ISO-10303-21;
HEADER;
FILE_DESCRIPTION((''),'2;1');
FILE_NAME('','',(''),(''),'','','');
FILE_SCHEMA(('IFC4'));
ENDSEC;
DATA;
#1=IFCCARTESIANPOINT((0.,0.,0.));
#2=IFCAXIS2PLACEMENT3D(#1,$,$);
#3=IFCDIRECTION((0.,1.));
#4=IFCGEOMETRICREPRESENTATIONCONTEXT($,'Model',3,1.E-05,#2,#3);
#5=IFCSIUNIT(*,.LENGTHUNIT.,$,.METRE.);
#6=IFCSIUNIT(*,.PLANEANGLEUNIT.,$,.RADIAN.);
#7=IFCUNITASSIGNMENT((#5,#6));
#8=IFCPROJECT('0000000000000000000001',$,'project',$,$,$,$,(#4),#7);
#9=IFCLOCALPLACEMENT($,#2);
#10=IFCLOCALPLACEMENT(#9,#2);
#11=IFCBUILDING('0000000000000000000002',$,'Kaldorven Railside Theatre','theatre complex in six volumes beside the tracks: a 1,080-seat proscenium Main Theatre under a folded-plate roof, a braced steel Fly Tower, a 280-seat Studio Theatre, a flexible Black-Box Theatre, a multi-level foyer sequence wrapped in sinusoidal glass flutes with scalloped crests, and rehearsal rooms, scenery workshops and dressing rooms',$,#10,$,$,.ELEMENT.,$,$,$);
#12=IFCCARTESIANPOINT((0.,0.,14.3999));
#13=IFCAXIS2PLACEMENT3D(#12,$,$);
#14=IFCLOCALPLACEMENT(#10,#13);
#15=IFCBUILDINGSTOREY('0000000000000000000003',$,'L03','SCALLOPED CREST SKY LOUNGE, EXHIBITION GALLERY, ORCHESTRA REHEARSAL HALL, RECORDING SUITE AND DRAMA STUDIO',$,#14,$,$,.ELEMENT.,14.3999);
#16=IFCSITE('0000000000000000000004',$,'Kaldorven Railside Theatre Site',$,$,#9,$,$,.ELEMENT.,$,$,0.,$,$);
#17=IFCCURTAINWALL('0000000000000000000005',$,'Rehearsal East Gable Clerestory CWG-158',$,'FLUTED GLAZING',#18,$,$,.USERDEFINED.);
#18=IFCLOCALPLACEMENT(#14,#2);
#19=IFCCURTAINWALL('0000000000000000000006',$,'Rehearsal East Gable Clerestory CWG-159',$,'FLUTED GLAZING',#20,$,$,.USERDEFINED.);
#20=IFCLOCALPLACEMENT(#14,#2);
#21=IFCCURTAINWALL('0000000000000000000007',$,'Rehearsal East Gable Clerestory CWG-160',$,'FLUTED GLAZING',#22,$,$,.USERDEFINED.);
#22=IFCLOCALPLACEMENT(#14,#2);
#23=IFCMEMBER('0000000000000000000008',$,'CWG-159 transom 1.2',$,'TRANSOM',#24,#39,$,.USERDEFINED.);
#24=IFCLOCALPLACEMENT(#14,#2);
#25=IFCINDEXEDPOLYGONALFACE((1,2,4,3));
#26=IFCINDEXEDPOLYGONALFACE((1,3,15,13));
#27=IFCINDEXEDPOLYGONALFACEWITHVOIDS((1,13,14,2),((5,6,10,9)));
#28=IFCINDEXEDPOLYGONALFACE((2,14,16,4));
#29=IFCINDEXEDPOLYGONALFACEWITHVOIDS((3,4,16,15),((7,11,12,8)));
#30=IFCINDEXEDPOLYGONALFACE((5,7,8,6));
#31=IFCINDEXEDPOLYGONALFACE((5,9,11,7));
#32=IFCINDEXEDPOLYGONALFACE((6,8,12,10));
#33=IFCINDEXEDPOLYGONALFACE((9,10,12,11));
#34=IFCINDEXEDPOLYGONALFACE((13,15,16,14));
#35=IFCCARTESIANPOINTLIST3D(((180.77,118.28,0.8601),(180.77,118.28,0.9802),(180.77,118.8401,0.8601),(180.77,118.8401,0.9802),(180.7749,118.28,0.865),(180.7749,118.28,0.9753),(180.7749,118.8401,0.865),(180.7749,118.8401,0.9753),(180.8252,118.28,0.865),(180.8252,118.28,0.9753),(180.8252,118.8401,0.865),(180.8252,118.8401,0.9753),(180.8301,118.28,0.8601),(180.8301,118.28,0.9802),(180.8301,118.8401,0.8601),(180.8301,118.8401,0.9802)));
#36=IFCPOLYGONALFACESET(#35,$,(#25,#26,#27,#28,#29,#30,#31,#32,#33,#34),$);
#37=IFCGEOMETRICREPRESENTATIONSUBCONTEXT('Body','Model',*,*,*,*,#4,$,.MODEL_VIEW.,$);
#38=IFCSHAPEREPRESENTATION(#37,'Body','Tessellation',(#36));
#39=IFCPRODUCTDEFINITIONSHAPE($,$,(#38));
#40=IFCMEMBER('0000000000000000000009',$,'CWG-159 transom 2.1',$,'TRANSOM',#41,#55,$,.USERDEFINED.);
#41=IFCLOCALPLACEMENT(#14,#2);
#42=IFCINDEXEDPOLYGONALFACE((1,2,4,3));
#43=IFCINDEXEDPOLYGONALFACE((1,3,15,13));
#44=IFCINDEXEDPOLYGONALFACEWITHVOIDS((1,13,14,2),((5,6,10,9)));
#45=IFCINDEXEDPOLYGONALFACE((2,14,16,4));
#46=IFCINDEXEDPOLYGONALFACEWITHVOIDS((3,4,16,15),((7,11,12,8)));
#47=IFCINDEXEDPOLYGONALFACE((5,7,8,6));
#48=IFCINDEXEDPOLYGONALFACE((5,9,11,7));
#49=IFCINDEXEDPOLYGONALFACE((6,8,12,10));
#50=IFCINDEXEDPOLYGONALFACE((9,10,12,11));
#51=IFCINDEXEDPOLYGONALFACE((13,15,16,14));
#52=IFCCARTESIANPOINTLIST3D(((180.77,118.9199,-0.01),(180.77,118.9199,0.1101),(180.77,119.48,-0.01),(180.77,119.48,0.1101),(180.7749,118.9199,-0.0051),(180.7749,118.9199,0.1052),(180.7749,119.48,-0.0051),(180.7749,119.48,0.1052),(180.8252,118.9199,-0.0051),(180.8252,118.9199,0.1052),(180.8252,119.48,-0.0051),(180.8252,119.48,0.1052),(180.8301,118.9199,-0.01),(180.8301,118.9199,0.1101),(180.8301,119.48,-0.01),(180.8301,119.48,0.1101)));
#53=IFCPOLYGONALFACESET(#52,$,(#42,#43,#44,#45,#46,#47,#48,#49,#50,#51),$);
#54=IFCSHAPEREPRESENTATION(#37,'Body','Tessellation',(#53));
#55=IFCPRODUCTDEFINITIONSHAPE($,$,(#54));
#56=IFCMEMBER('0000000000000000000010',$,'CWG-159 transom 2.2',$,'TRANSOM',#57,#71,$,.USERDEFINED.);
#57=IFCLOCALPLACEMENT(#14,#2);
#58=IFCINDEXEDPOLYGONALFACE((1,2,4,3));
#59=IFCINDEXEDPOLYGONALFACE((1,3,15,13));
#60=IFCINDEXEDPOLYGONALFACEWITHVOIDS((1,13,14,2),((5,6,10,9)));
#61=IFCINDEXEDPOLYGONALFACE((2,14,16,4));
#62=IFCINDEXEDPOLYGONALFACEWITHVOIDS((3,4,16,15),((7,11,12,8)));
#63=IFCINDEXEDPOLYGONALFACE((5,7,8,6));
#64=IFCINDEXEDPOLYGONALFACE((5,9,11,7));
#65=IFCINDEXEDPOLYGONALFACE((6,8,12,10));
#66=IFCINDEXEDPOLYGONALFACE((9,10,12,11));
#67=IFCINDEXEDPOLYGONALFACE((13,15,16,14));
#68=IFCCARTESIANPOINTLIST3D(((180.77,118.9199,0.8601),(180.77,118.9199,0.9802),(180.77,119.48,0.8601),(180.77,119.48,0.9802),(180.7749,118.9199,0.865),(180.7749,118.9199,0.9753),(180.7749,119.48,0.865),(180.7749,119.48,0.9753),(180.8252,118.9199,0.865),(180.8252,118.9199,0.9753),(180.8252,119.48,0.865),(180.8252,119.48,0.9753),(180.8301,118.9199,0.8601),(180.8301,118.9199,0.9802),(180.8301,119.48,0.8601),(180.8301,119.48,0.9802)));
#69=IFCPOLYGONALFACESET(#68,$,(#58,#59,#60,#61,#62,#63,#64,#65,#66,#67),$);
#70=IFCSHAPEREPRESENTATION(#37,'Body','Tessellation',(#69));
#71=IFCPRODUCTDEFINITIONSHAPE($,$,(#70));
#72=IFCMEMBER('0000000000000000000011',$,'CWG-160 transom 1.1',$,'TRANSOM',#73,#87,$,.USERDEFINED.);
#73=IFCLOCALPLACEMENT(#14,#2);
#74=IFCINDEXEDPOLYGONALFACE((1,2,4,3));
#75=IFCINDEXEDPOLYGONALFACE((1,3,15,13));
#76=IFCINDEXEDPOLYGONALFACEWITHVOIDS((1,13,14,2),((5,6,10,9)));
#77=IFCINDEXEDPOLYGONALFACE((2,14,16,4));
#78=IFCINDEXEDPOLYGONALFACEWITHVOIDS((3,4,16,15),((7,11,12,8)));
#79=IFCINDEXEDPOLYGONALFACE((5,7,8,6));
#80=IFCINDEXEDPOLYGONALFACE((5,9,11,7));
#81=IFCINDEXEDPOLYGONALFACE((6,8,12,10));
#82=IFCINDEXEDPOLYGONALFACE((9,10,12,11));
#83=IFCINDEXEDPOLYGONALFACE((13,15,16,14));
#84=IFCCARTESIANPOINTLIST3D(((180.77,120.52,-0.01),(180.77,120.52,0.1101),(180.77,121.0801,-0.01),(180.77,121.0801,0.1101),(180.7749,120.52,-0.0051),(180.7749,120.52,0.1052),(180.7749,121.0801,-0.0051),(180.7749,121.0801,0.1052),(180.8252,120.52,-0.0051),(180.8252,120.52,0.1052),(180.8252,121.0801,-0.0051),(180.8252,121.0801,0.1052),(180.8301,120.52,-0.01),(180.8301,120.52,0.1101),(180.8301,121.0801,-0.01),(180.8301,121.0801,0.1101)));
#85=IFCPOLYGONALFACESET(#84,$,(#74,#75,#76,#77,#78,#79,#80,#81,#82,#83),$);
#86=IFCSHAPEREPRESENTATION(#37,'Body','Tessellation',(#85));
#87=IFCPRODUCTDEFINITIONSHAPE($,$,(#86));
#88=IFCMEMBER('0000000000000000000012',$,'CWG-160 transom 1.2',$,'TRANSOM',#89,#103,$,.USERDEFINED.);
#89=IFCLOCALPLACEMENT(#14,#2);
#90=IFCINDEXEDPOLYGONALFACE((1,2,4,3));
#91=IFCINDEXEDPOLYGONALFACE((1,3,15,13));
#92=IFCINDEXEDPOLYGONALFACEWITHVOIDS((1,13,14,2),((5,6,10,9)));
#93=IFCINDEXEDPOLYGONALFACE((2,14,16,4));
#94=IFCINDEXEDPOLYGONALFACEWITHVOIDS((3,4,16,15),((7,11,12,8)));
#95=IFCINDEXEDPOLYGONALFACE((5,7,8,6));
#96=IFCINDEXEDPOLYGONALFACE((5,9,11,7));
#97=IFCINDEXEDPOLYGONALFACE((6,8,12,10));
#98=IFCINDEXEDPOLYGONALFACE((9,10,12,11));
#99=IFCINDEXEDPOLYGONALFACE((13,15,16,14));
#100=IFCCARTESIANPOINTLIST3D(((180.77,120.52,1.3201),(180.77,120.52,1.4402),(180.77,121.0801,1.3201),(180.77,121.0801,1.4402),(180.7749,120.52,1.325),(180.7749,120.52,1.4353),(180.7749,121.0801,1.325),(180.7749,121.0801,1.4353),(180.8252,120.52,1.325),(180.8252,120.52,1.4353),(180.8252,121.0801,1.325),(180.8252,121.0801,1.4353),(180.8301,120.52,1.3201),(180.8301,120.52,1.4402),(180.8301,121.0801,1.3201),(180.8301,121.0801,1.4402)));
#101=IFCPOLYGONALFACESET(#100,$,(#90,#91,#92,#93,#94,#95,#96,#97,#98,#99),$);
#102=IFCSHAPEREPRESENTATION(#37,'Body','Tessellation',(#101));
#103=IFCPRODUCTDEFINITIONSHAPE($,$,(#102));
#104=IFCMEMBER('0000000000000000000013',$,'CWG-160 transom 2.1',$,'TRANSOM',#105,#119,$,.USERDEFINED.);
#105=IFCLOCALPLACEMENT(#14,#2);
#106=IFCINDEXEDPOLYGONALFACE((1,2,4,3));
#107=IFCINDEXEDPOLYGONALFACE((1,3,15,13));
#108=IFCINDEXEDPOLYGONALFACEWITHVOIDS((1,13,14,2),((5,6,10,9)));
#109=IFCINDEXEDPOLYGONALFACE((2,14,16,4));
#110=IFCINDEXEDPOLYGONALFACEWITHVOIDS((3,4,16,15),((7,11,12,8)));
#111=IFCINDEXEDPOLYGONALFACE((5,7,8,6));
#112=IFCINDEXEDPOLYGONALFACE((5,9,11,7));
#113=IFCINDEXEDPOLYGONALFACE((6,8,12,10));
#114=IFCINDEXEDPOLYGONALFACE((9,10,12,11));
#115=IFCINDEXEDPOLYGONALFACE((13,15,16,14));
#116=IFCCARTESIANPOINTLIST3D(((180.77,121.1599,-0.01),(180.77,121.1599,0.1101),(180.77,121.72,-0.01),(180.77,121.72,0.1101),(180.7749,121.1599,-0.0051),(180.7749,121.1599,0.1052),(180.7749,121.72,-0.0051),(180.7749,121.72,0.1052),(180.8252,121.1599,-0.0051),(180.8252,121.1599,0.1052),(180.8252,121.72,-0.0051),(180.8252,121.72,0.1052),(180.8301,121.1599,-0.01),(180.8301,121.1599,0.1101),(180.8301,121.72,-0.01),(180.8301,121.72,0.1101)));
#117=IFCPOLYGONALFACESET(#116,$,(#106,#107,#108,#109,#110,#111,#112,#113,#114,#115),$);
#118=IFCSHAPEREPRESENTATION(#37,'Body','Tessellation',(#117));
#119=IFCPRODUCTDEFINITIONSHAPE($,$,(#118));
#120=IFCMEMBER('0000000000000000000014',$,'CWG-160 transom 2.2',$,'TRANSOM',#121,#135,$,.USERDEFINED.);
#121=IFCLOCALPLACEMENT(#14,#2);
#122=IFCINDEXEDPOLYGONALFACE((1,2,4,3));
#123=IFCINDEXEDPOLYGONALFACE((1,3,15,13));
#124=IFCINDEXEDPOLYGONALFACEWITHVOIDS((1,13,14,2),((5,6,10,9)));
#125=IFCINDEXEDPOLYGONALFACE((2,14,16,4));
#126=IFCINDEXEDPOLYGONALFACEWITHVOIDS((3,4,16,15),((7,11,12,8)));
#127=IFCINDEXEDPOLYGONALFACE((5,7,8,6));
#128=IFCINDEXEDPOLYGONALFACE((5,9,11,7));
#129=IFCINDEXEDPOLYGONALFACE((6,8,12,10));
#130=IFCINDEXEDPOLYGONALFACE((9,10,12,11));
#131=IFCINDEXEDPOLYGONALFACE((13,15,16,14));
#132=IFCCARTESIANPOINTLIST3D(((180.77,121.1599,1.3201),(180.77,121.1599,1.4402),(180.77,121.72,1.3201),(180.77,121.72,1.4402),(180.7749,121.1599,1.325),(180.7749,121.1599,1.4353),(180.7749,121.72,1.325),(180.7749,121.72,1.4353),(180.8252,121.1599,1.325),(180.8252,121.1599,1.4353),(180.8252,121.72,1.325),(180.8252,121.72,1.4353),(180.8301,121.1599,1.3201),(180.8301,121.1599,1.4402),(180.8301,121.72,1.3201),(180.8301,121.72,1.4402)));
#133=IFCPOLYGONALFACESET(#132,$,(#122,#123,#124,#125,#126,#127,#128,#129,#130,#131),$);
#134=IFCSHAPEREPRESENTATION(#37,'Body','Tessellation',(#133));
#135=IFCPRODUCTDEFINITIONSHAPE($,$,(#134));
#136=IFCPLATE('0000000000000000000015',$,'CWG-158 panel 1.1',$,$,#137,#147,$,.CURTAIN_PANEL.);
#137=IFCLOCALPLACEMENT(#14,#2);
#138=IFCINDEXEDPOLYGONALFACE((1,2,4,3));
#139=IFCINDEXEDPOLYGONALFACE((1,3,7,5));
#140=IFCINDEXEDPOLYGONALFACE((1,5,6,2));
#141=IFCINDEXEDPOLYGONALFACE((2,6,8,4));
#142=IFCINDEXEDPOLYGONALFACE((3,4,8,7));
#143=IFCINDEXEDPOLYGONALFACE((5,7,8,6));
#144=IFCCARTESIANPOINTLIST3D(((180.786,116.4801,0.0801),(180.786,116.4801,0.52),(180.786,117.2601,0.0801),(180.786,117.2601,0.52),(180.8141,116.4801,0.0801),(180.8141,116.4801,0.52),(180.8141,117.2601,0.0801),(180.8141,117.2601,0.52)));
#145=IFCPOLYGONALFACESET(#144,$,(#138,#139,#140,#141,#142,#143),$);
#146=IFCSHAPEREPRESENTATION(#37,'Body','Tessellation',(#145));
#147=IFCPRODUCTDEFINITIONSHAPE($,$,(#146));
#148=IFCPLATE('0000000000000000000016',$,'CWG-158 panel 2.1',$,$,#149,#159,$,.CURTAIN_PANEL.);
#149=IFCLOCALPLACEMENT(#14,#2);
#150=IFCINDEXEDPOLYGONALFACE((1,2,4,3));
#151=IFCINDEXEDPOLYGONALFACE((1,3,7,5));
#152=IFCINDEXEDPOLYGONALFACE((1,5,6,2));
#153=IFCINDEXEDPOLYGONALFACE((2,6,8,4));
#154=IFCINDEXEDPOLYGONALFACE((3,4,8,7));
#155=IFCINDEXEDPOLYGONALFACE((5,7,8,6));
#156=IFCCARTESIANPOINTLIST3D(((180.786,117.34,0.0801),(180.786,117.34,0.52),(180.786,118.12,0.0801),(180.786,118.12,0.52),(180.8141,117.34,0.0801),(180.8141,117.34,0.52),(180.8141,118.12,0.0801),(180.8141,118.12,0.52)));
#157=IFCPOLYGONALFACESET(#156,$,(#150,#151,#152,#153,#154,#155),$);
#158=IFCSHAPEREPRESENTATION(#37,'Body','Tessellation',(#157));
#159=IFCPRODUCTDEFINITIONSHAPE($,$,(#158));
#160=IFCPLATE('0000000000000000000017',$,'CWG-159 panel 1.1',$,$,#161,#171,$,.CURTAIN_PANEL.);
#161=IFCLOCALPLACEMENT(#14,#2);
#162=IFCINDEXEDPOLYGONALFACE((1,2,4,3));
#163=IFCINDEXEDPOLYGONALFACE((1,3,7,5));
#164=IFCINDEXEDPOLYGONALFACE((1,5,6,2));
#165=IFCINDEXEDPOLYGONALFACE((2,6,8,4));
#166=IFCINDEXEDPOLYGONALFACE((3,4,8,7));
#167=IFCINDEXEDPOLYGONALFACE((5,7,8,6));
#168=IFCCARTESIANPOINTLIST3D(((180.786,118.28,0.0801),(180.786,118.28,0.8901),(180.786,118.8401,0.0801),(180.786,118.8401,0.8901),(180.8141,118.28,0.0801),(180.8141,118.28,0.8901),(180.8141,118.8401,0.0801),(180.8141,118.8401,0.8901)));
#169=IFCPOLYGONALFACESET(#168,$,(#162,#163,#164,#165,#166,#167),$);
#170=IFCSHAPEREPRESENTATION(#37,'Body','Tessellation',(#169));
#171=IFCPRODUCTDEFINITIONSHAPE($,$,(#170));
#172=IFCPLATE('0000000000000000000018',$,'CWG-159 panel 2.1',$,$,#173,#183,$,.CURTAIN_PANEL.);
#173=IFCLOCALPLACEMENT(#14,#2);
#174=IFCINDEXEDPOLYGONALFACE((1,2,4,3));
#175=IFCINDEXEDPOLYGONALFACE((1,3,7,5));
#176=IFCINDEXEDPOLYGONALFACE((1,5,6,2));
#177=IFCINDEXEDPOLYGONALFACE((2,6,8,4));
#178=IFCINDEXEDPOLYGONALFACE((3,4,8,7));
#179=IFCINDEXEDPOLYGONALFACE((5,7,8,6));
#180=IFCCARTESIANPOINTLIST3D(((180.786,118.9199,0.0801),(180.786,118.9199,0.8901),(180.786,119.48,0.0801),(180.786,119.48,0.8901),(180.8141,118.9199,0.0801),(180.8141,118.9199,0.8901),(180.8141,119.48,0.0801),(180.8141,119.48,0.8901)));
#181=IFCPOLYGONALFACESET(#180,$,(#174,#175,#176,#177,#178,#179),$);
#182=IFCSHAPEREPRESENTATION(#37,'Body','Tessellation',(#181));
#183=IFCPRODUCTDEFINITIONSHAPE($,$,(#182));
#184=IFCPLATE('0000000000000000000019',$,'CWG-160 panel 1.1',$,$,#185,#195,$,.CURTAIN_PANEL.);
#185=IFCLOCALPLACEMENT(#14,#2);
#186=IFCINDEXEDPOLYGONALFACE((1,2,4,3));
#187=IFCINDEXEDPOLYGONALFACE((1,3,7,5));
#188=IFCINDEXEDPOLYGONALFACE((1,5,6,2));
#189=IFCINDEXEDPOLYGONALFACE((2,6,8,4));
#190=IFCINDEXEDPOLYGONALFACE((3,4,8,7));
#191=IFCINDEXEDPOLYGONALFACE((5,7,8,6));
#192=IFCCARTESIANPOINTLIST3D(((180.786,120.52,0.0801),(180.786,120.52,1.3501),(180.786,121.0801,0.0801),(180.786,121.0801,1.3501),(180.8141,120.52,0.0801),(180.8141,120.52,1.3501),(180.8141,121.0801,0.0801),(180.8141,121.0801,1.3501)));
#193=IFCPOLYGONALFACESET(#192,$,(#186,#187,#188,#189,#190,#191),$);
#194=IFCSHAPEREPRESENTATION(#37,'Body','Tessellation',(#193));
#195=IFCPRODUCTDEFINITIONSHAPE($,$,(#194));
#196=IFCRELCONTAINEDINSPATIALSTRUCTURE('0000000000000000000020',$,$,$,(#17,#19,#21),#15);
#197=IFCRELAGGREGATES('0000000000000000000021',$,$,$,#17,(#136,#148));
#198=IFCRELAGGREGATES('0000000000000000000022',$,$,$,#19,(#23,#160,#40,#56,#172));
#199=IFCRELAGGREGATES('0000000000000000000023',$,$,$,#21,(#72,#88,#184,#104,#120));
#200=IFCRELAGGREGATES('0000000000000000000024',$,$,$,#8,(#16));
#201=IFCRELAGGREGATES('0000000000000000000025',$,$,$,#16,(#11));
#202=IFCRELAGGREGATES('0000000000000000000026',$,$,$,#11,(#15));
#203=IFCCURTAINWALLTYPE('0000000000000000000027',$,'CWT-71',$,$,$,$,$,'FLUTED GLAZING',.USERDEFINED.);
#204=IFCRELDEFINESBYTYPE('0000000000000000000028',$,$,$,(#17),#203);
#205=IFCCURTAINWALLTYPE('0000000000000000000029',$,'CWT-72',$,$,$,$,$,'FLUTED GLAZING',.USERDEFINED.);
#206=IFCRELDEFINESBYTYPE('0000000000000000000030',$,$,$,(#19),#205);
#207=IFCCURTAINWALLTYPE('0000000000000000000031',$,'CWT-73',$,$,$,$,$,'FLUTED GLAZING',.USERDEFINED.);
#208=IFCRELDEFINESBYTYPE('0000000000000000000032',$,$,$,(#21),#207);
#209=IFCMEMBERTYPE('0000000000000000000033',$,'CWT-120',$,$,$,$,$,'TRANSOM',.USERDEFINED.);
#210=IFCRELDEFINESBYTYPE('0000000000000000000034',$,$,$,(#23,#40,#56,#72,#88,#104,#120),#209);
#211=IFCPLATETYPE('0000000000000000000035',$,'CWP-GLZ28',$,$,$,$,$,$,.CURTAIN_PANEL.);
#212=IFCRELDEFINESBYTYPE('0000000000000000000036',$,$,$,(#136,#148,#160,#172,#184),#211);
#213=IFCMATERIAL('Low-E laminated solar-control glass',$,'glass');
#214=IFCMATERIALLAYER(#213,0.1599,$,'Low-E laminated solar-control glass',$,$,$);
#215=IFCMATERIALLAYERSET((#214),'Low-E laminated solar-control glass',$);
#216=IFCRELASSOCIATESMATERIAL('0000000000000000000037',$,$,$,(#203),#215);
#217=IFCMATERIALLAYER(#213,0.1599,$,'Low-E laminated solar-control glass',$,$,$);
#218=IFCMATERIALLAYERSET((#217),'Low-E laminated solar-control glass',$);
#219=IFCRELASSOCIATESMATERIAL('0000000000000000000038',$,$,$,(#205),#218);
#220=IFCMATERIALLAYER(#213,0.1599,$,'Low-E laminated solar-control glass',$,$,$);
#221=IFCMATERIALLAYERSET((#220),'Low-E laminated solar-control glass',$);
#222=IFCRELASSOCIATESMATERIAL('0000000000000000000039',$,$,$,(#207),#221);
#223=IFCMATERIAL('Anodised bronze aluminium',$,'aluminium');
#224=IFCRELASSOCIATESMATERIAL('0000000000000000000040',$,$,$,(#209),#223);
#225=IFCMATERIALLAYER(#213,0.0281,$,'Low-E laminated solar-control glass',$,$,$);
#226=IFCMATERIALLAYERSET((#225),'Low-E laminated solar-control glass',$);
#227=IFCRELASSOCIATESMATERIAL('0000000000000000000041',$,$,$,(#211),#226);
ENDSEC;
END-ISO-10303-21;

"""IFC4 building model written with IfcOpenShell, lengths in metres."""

from ifc_helpers import new_model, si_unit, direction, frame, origin, origin_2d, place, context, subcontext, project, spatial, rectangle, hollow_rectangle, extrude, material, layer, layer_set, material_profile, profile_set, type_object, element, aggregate, save


model = new_model("IFC4")

# Units and contexts
model_context = context("Model", 3, precision=1e-05, world=origin(), true_north=direction((0.0, 1.0)))
body_context = subcontext(model_context, "Body", "Model", "MODEL_VIEW")
ifc_project = project(units=[si_unit("LENGTHUNIT", "METRE"), si_unit("PLANEANGLEUNIT", "RADIAN")], contexts=[model_context])

# Site, building, storey
site_placement = place(None, origin())
site = spatial("IfcSite", under=ifc_project, at=site_placement, Name="Kaldorven Railside Theatre Site", CompositionType="ELEMENT", RefElevation=0.0)
building_placement = place(site_placement, origin())
building = spatial("IfcBuilding", under=site, at=building_placement, Name="Kaldorven Railside Theatre", Description="theatre complex in six volumes beside the tracks: a 1,080-seat proscenium Main Theatre under a folded-plate roof, a braced steel Fly Tower, a 280-seat Studio Theatre, a flexible Black-Box Theatre, a multi-level foyer sequence wrapped in sinusoidal glass flutes with scalloped crests, and rehearsal rooms, scenery workshops and dressing rooms", CompositionType="ELEMENT")
storey_placement = place(building_placement, frame((0.0, 0.0, 14.3999)))
storey = spatial("IfcBuildingStorey", under=building, at=storey_placement, Name="L03", Description="SCALLOPED CREST SKY LOUNGE, EXHIBITION GALLERY, ORCHESTRA REHEARSAL HALL, RECORDING SUITE AND DRAMA STUDIO", CompositionType="ELEMENT", Elevation=14.3999)

# Curtain walls
ifc_material_1 = material(Name="Low-E laminated solar-control glass", Category="glass")
ifc_layer_1 = layer(ifc_material_1, 0.1599, Name="Low-E laminated solar-control glass")
ifc_layer_set_1 = layer_set([ifc_layer_1], Name="Low-E laminated solar-control glass")
curtain_wall_type_1 = type_object("IfcCurtainWallType", Name="CWT-71", ElementType="FLUTED GLAZING", PredefinedType="USERDEFINED", material=ifc_layer_set_1)
curtain_wall_1_placement = place(storey_placement, origin())
curtain_wall_1 = element("IfcCurtainWall", 1, at=curtain_wall_1_placement, inside=storey, type_object=curtain_wall_type_1, Name="Rehearsal East Gable Clerestory CWG-158", ObjectType="FLUTED GLAZING", PredefinedType="USERDEFINED")
ifc_material_2 = material(Name="Anodised bronze aluminium", Category="aluminium")
ifc_layer_2 = layer(ifc_material_1, 0.1599, Name="Low-E laminated solar-control glass")
ifc_layer_set_2 = layer_set([ifc_layer_2], Name="Low-E laminated solar-control glass")
curtain_wall_type_2 = type_object("IfcCurtainWallType", Name="CWT-72", ElementType="FLUTED GLAZING", PredefinedType="USERDEFINED", material=ifc_layer_set_2)
curtain_wall_2_placement = place(storey_placement, origin())
curtain_wall_2 = element("IfcCurtainWall", 2, at=curtain_wall_2_placement, inside=storey, type_object=curtain_wall_type_2, Name="Rehearsal East Gable Clerestory CWG-159", ObjectType="FLUTED GLAZING", PredefinedType="USERDEFINED")
ifc_layer_3 = layer(ifc_material_1, 0.1599, Name="Low-E laminated solar-control glass")
ifc_layer_set_3 = layer_set([ifc_layer_3], Name="Low-E laminated solar-control glass")
curtain_wall_type_3 = type_object("IfcCurtainWallType", Name="CWT-73", ElementType="FLUTED GLAZING", PredefinedType="USERDEFINED", material=ifc_layer_set_3)
curtain_wall_3_placement = place(storey_placement, origin())
curtain_wall_3 = element("IfcCurtainWall", 3, at=curtain_wall_3_placement, inside=storey, type_object=curtain_wall_type_3, Name="Rehearsal East Gable Clerestory CWG-160", ObjectType="FLUTED GLAZING", PredefinedType="USERDEFINED")

# Members
ifc_material_profile_1 = material_profile(ifc_material_2, hollow_rectangle(XDim=0.0601, YDim=0.1201, WallThickness=0.0049, at=origin_2d()), Name="RHS 120x60x5")
ifc_profile_set_1 = profile_set([ifc_material_profile_1], Name="Anodised bronze aluminium")
member_type_1 = type_object("IfcMemberType", Name="CWT-120", ElementType="TRANSOM", PredefinedType="USERDEFINED", material=ifc_profile_set_1)
member_1_placement = place(storey_placement, frame((180.8, 118.28, 0.9202), z_axis=(0.0, 1.0, 0.0), x_axis=(-1.0, 0.0, 0.0)))
member_1 = element("IfcMember", 4, at=member_1_placement, type_object=member_type_1, Name="CWG-159 transom 1.2", ObjectType="TRANSOM", PredefinedType="USERDEFINED", context=body_context, shape_type="SweptSolid", body=[
    extrude(hollow_rectangle(XDim=0.0601, YDim=0.1201, WallThickness=0.0049, at=origin_2d()), origin(), (0.0, 0.0, 1.0), 0.5601),
])
member_2_placement = place(storey_placement, frame((180.8, 118.9199, 0.05), z_axis=(0.0, 1.0, 0.0), x_axis=(-1.0, 0.0, 0.0)))
member_2 = element("IfcMember", 5, at=member_2_placement, type_object=member_type_1, Name="CWG-159 transom 2.1", ObjectType="TRANSOM", PredefinedType="USERDEFINED", context=body_context, shape_type="SweptSolid", body=[
    extrude(hollow_rectangle(XDim=0.0601, YDim=0.1201, WallThickness=0.0049, at=origin_2d()), origin(), (0.0, 0.0, 1.0), 0.5601),
])
member_3_placement = place(storey_placement, frame((180.8, 118.9199, 0.9202), z_axis=(0.0, 1.0, 0.0), x_axis=(-1.0, 0.0, 0.0)))
member_3 = element("IfcMember", 6, at=member_3_placement, type_object=member_type_1, Name="CWG-159 transom 2.2", ObjectType="TRANSOM", PredefinedType="USERDEFINED", context=body_context, shape_type="SweptSolid", body=[
    extrude(hollow_rectangle(XDim=0.0601, YDim=0.1201, WallThickness=0.0049, at=origin_2d()), origin(), (0.0, 0.0, 1.0), 0.5601),
])
member_4_placement = place(storey_placement, frame((180.8, 120.52, 0.05), z_axis=(0.0, 1.0, 0.0), x_axis=(-1.0, 0.0, 0.0)))
member_4 = element("IfcMember", 7, at=member_4_placement, type_object=member_type_1, Name="CWG-160 transom 1.1", ObjectType="TRANSOM", PredefinedType="USERDEFINED", context=body_context, shape_type="SweptSolid", body=[
    extrude(hollow_rectangle(XDim=0.0601, YDim=0.1201, WallThickness=0.0049, at=origin_2d()), origin(), (0.0, 0.0, 1.0), 0.5601),
])
member_5_placement = place(storey_placement, frame((180.8, 120.52, 1.3801), z_axis=(0.0, 1.0, 0.0), x_axis=(-1.0, 0.0, 0.0)))
member_5 = element("IfcMember", 8, at=member_5_placement, type_object=member_type_1, Name="CWG-160 transom 1.2", ObjectType="TRANSOM", PredefinedType="USERDEFINED", context=body_context, shape_type="SweptSolid", body=[
    extrude(hollow_rectangle(XDim=0.0601, YDim=0.1201, WallThickness=0.0049, at=origin_2d()), origin(), (0.0, 0.0, 1.0), 0.5601),
])
member_6_placement = place(storey_placement, frame((180.8, 121.1599, 0.05), z_axis=(0.0, 1.0, 0.0), x_axis=(-1.0, 0.0, 0.0)))
member_6 = element("IfcMember", 9, at=member_6_placement, type_object=member_type_1, Name="CWG-160 transom 2.1", ObjectType="TRANSOM", PredefinedType="USERDEFINED", context=body_context, shape_type="SweptSolid", body=[
    extrude(hollow_rectangle(XDim=0.0601, YDim=0.1201, WallThickness=0.0049, at=origin_2d()), origin(), (0.0, 0.0, 1.0), 0.5601),
])
member_7_placement = place(storey_placement, frame((180.8, 121.1599, 1.3801), z_axis=(0.0, 1.0, 0.0), x_axis=(-1.0, 0.0, 0.0)))
member_7 = element("IfcMember", 10, at=member_7_placement, type_object=member_type_1, Name="CWG-160 transom 2.2", ObjectType="TRANSOM", PredefinedType="USERDEFINED", context=body_context, shape_type="SweptSolid", body=[
    extrude(hollow_rectangle(XDim=0.0601, YDim=0.1201, WallThickness=0.0049, at=origin_2d()), origin(), (0.0, 0.0, 1.0), 0.5601),
])

# Plates
ifc_layer_4 = layer(ifc_material_1, 0.0281, Name="Low-E laminated solar-control glass")
ifc_layer_set_4 = layer_set([ifc_layer_4], Name="Low-E laminated solar-control glass")
plate_type = type_object("IfcPlateType", Name="CWP-GLZ28", PredefinedType="CURTAIN_PANEL", material=ifc_layer_set_4)
plate_1_placement = place(storey_placement, frame((180.8, 116.8701, 0.0801), z_axis=(0.0, 0.0, 1.0), x_axis=(0.0, 1.0, 0.0)))
plate_1 = element("IfcPlate", 11, at=plate_1_placement, type_object=plate_type, Name="CWG-158 panel 1.1", PredefinedType="CURTAIN_PANEL", context=body_context, shape_type="SweptSolid", body=[
    extrude(rectangle(XDim=0.78, YDim=0.0281, at=origin_2d()), origin(), (0.0, 0.0, 1.0), 0.4399),
])
plate_2_placement = place(storey_placement, frame((180.8, 117.73, 0.0801), z_axis=(0.0, 0.0, 1.0), x_axis=(0.0, 1.0, 0.0)))
plate_2 = element("IfcPlate", 12, at=plate_2_placement, type_object=plate_type, Name="CWG-158 panel 2.1", PredefinedType="CURTAIN_PANEL", context=body_context, shape_type="SweptSolid", body=[
    extrude(rectangle(XDim=0.78, YDim=0.0281, at=origin_2d()), origin(), (0.0, 0.0, 1.0), 0.4399),
])
aggregate(curtain_wall_1, [plate_1, plate_2])
plate_3_placement = place(storey_placement, frame((180.8, 118.5601, 0.0801), z_axis=(0.0, 0.0, 1.0), x_axis=(0.0, 1.0, 0.0)))
plate_3 = element("IfcPlate", 13, at=plate_3_placement, type_object=plate_type, Name="CWG-159 panel 1.1", PredefinedType="CURTAIN_PANEL", context=body_context, shape_type="SweptSolid", body=[
    extrude(rectangle(XDim=0.5601, YDim=0.0281, at=origin_2d()), origin(), (0.0, 0.0, 1.0), 0.8101),
])
plate_4_placement = place(storey_placement, frame((180.8, 119.2, 0.0801), z_axis=(0.0, 0.0, 1.0), x_axis=(0.0, 1.0, 0.0)))
plate_4 = element("IfcPlate", 14, at=plate_4_placement, type_object=plate_type, Name="CWG-159 panel 2.1", PredefinedType="CURTAIN_PANEL", context=body_context, shape_type="SweptSolid", body=[
    extrude(rectangle(XDim=0.5601, YDim=0.0281, at=origin_2d()), origin(), (0.0, 0.0, 1.0), 0.8101),
])
aggregate(curtain_wall_2, [member_1, plate_3, member_2, member_3, plate_4])
plate_5_placement = place(storey_placement, frame((180.8, 120.8, 0.0801), z_axis=(0.0, 0.0, 1.0), x_axis=(0.0, 1.0, 0.0)))
plate_5 = element("IfcPlate", 15, at=plate_5_placement, type_object=plate_type, Name="CWG-160 panel 1.1", PredefinedType="CURTAIN_PANEL", context=body_context, shape_type="SweptSolid", body=[
    extrude(rectangle(XDim=0.5601, YDim=0.0281, at=origin_2d()), origin(), (0.0, 0.0, 1.0), 1.27),
])
aggregate(curtain_wall_3, [member_4, member_5, plate_5, member_6, member_7])

save(model, "model.ifc")
